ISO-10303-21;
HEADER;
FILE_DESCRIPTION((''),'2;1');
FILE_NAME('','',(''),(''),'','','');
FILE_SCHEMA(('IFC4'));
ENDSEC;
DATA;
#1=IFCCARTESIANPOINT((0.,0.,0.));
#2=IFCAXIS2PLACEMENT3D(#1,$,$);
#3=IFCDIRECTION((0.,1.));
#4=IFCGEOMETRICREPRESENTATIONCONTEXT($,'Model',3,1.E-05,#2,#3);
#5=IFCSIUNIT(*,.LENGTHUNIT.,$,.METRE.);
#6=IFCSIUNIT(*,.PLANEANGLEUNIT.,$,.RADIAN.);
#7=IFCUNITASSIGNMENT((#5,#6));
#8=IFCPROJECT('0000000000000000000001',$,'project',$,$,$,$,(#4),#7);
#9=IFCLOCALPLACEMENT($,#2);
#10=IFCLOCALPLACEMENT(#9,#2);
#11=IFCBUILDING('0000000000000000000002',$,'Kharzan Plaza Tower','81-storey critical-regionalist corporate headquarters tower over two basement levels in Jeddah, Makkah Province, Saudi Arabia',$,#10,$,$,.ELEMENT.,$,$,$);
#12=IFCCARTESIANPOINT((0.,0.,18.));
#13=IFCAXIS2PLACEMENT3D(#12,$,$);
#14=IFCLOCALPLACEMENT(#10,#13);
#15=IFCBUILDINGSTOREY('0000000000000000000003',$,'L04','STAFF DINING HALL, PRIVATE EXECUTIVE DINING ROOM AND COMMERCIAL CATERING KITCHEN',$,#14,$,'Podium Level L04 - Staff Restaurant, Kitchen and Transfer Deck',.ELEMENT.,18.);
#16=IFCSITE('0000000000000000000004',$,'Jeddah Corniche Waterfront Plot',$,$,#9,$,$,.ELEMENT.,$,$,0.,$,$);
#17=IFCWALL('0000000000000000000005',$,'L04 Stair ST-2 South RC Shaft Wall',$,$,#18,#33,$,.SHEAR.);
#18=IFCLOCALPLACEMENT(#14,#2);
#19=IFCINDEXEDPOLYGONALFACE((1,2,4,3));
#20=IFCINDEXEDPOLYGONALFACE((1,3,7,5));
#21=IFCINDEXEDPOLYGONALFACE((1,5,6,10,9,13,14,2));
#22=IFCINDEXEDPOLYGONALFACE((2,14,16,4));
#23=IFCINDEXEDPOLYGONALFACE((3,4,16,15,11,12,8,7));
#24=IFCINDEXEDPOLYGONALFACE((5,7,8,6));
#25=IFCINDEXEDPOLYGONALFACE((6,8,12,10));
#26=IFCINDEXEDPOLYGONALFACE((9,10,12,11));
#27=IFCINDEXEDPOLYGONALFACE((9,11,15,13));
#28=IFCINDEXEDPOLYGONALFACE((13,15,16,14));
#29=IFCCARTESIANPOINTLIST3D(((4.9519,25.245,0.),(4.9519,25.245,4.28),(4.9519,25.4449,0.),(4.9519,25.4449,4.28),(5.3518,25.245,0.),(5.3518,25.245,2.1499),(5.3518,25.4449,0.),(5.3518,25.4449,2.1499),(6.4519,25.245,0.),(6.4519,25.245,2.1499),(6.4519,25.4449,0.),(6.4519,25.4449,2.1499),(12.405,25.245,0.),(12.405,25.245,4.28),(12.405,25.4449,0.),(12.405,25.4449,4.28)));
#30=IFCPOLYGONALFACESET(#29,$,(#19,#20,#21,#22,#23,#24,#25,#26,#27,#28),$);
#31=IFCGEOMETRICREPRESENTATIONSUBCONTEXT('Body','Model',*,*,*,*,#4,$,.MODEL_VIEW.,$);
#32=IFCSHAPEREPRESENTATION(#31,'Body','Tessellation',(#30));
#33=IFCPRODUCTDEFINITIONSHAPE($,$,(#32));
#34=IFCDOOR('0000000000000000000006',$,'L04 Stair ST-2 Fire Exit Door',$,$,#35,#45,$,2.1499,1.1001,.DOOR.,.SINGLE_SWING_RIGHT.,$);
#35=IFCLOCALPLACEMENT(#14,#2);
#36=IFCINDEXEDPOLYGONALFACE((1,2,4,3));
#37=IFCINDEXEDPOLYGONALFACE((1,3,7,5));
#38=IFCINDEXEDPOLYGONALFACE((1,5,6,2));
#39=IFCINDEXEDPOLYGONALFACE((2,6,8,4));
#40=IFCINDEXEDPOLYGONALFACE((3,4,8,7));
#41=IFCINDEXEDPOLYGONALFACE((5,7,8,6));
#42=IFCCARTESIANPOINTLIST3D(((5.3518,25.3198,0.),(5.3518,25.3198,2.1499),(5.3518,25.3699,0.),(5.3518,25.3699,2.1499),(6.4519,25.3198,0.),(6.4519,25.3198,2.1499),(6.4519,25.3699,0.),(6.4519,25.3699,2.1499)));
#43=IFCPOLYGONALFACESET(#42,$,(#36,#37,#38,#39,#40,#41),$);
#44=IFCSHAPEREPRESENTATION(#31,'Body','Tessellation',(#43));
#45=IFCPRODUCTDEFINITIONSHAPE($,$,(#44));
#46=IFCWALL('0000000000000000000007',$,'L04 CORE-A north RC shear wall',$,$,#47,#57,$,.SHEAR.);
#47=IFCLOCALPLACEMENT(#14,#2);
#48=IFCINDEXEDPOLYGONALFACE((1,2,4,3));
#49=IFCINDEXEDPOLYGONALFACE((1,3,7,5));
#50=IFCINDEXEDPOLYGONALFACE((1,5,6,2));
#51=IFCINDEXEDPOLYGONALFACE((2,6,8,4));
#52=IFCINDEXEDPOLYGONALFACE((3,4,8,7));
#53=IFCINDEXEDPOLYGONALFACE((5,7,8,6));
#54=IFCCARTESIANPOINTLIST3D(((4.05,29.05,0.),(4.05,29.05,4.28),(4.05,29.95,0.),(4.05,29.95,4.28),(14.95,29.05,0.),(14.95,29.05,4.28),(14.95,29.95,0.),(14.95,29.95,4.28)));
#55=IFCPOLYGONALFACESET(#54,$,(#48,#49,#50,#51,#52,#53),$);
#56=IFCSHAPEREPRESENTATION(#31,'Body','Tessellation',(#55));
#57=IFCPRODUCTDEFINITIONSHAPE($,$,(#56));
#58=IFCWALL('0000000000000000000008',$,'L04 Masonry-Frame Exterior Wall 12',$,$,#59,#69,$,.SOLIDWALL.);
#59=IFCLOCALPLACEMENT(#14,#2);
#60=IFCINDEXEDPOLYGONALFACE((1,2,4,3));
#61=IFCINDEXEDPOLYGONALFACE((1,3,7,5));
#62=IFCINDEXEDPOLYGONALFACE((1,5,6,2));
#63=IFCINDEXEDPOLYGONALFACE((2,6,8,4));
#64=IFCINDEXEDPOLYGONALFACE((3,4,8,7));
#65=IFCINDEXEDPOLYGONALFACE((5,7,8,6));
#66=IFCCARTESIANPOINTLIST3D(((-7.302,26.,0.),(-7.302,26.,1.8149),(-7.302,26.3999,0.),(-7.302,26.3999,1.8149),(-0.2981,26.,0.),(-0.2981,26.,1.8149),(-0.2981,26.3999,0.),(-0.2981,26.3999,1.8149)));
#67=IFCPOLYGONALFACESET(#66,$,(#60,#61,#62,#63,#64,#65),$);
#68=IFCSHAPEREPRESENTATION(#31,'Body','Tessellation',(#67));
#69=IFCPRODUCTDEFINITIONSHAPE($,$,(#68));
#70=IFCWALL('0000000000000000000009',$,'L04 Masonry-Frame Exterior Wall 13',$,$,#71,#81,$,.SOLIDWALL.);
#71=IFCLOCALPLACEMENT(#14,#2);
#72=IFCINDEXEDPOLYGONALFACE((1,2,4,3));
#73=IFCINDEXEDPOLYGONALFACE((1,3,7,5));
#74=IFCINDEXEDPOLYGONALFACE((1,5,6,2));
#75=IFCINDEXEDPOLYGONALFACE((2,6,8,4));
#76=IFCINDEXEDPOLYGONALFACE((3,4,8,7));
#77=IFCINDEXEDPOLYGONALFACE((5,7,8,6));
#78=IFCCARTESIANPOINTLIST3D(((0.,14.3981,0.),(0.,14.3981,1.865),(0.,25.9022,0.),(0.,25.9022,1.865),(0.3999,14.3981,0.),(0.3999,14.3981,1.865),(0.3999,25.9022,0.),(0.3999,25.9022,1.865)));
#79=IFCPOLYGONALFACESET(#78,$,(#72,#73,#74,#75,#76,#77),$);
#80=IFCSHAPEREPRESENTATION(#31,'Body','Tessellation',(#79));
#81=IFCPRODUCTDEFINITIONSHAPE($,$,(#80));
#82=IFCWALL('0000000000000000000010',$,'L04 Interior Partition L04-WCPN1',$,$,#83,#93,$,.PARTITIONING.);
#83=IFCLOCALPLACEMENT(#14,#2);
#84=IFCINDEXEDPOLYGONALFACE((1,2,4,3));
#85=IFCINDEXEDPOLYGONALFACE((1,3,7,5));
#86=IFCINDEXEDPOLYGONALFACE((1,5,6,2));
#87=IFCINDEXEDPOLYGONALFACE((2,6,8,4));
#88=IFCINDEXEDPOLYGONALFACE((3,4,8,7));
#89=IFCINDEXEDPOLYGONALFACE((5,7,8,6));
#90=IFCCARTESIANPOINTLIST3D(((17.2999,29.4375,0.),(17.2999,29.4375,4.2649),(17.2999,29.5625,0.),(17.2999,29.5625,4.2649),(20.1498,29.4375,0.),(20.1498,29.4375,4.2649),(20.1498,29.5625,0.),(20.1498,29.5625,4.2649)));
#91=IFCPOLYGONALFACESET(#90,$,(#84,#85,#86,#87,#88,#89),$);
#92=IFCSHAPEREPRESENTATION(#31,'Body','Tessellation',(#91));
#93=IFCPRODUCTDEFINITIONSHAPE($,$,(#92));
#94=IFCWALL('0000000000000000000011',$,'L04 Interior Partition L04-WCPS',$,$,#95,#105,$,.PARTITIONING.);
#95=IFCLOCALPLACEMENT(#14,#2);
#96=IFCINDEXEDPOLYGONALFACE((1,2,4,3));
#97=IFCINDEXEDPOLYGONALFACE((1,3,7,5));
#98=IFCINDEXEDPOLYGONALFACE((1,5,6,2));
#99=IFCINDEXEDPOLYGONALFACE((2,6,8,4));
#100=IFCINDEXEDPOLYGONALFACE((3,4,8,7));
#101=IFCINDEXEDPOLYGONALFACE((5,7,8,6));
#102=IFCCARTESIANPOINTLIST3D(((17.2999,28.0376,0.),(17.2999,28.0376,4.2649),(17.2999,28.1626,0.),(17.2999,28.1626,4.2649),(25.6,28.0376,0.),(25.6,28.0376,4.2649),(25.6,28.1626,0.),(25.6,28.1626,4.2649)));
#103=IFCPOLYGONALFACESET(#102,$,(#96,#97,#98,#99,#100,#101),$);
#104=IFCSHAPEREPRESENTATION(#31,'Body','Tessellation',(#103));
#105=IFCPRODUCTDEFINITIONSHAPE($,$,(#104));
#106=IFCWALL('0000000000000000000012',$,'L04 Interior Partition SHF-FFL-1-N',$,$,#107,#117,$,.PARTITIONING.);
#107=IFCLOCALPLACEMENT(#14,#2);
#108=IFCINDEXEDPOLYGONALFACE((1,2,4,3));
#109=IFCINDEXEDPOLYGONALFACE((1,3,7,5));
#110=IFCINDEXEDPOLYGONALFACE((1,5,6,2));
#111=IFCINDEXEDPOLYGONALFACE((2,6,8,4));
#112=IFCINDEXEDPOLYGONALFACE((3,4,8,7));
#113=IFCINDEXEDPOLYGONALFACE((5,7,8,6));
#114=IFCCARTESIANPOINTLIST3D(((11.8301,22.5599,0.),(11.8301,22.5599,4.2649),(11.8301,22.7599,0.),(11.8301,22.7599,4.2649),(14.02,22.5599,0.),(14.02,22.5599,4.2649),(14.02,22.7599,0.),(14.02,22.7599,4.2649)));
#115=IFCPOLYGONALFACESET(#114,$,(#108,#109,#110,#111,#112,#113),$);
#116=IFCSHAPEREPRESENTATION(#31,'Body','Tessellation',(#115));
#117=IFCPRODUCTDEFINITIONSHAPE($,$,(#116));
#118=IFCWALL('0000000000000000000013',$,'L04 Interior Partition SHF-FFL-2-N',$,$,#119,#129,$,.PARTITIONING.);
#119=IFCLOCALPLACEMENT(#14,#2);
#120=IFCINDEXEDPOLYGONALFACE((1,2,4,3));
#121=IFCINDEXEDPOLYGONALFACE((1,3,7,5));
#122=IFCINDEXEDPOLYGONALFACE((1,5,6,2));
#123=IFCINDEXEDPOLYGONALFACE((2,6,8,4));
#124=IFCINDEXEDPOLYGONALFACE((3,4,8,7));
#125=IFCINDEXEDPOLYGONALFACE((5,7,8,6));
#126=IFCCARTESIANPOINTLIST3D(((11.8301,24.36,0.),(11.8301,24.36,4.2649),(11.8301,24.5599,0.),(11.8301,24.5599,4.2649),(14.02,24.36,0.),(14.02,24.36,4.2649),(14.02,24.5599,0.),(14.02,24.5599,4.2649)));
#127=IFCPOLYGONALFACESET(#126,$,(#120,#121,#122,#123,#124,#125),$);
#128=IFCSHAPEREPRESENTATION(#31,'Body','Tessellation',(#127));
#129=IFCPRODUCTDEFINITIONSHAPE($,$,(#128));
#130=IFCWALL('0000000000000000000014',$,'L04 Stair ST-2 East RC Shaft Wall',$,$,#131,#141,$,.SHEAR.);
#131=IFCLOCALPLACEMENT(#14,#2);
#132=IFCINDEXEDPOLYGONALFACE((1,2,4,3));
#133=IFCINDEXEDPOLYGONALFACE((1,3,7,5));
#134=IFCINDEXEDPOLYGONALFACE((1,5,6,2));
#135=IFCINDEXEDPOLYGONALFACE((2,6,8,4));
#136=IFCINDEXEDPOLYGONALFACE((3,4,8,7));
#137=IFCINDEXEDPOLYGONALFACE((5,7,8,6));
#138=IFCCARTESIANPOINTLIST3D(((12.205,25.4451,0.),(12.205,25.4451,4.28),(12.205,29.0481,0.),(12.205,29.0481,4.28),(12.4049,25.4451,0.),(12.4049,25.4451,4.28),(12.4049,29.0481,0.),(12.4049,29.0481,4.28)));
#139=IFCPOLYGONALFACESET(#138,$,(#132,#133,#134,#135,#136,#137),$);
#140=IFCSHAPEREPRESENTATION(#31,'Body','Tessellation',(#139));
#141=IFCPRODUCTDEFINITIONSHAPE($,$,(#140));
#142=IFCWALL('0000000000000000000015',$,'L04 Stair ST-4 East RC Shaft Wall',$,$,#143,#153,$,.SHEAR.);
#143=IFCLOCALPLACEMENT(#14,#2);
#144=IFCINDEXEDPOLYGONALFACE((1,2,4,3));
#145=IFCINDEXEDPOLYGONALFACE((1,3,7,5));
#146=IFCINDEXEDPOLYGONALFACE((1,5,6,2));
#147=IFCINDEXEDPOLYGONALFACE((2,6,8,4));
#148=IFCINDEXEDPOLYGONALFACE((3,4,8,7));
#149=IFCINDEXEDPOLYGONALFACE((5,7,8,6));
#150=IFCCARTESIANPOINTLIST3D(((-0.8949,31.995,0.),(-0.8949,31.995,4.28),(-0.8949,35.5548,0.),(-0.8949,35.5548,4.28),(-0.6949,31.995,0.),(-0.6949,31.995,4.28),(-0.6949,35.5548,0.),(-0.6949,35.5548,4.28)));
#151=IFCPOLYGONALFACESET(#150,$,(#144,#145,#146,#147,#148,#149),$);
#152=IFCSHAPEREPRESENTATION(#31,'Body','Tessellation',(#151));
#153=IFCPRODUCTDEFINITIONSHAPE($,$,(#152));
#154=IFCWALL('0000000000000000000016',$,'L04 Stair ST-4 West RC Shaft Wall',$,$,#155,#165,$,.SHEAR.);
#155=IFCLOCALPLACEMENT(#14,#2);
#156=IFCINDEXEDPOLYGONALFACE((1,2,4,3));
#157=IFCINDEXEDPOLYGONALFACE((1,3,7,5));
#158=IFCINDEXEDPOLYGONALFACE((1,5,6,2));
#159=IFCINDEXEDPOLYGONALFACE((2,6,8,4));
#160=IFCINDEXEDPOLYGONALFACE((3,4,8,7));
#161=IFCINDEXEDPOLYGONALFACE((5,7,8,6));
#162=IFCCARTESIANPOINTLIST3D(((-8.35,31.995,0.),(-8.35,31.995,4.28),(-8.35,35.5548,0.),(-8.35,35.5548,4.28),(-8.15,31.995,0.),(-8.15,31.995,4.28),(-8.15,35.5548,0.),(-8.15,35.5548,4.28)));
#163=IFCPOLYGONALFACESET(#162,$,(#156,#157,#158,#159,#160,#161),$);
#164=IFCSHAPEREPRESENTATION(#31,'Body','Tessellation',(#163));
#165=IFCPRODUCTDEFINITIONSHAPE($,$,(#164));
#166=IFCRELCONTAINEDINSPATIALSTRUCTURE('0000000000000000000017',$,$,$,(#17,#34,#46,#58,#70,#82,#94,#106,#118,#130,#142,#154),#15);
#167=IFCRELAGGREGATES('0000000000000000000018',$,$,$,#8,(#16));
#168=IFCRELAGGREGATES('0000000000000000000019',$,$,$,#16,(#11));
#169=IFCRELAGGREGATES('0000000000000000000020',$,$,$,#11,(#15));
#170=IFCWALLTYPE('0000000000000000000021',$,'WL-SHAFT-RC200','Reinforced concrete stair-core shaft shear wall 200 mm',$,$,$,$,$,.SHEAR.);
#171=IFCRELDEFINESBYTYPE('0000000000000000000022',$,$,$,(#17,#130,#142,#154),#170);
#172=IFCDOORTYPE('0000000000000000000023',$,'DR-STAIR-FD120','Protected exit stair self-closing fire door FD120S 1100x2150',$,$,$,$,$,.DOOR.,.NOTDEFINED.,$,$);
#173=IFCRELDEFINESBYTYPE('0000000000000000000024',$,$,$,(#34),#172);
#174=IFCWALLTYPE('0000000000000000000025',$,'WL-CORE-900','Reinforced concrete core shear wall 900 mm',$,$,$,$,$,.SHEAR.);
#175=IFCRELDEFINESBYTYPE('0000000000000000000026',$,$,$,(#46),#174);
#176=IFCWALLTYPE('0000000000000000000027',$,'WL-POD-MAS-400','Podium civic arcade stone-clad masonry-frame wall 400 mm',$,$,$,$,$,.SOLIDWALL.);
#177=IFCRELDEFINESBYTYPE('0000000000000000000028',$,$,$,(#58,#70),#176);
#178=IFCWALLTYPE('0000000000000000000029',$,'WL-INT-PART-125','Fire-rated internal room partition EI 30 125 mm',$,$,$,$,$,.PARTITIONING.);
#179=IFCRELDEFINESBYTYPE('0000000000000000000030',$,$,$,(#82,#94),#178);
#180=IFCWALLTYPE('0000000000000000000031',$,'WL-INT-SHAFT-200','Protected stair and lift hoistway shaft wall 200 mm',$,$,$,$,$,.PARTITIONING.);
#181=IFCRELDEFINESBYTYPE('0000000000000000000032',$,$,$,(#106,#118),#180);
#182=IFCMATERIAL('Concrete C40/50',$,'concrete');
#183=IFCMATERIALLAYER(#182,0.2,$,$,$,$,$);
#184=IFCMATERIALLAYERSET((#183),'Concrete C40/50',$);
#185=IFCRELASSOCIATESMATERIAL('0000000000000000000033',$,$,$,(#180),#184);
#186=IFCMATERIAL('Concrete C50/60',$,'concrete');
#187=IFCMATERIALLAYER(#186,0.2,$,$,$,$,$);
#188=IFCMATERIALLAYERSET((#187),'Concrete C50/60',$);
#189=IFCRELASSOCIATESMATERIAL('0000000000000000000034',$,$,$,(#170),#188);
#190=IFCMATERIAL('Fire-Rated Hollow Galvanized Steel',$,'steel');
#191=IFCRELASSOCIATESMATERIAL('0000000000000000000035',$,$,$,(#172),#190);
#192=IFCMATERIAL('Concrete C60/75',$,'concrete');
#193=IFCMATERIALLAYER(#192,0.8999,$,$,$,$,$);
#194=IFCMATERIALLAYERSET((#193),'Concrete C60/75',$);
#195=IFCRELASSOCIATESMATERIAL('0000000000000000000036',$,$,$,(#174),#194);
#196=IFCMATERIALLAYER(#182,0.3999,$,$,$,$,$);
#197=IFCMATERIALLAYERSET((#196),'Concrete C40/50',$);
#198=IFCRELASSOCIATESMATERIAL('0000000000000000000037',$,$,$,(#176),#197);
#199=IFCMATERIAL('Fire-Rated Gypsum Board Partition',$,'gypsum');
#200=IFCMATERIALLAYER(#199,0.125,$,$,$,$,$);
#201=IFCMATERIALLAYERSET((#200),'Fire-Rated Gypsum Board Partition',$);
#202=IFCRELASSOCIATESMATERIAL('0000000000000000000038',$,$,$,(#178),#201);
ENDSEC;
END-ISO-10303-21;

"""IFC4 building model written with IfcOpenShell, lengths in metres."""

from ifc_helpers import new_model, si_unit, direction, frame, frame_2d, origin, place, context, subcontext, project, spatial, rectangle, extrude, source, transform, mapped, material, layer, layer_set, type_object, element, fill, save


model = new_model("IFC4")

# Units and contexts
model_context = context("Model", 3, precision=1e-05, world=origin(), true_north=direction((0.0, 1.0)))
body_context = subcontext(model_context, "Body", "Model", "MODEL_VIEW")
ifc_project = project(units=[si_unit("LENGTHUNIT", "METRE"), si_unit("PLANEANGLEUNIT", "RADIAN")], contexts=[model_context])

# Site, building, storey
site_placement = place(None, origin())
site = spatial("IfcSite", under=ifc_project, at=site_placement, Name="Jeddah Corniche Waterfront Plot", CompositionType="ELEMENT", RefElevation=0.0)
building_placement = place(site_placement, origin())
building = spatial("IfcBuilding", under=site, at=building_placement, Name="Kharzan Plaza Tower", Description="81-storey critical-regionalist corporate headquarters tower over two basement levels in Jeddah, Makkah Province, Saudi Arabia", CompositionType="ELEMENT")
storey_placement = place(building_placement, frame((0.0, 0.0, 18.0)))
storey = spatial("IfcBuildingStorey", under=building, at=storey_placement, Name="L04", Description="STAFF DINING HALL, PRIVATE EXECUTIVE DINING ROOM AND COMMERCIAL CATERING KITCHEN", LongName="Podium Level L04 - Staff Restaurant, Kitchen and Transfer Deck", CompositionType="ELEMENT", Elevation=18.0)

# Shared definitions
ifc_material_1 = material(Name="Concrete C60/75", Category="concrete")

# Wall, opening, door
ifc_material_2 = material(Name="Concrete C40/50", Category="concrete")
ifc_layer_1 = layer(ifc_material_2, 0.2)
ifc_layer_set_1 = layer_set([ifc_layer_1], Name="Concrete C40/50")
wall_type_1 = type_object("IfcWallType", Name="WL-INT-SHAFT-200", Description="Protected stair and lift hoistway shaft wall 200 mm", PredefinedType="PARTITIONING", material=ifc_layer_set_1)
ifc_material_3 = material(Name="Concrete C50/60", Category="concrete")
ifc_layer_2 = layer(ifc_material_3, 0.2)
ifc_layer_set_2 = layer_set([ifc_layer_2], Name="Concrete C50/60")
wall_type_2 = type_object("IfcWallType", Name="WL-SHAFT-RC200", Description="Reinforced concrete stair-core shaft shear wall 200 mm", PredefinedType="SHEAR", material=ifc_layer_set_2)
wall_1_placement = place(storey_placement, frame((4.9519, 25.345, 0.0), z_axis=(0.0, 0.0, 1.0), x_axis=(1.0, 0.0, 0.0)))
wall_1 = element("IfcWall", 1, at=wall_1_placement, inside=storey, type_object=wall_type_2, Name="L04 Stair ST-2 South RC Shaft Wall", PredefinedType="SHEAR", context=body_context, shape_type="SweptSolid", body=[
    extrude(rectangle(XDim=7.4531, YDim=0.2, at=frame_2d((3.7266, 0.0))), origin(), (0.0, 0.0, 1.0), 4.28),
])
opening_1_placement = place(wall_1_placement, frame((0.3999, 0.0, 0.0)))
opening_1 = element("IfcOpeningElement", 2, at=opening_1_placement, cuts=wall_1, PredefinedType="OPENING", context=body_context, shape_type="SweptSolid", body=[
    extrude(rectangle(XDim=1.1001, YDim=2.1499, at=frame_2d((0.55, 1.075))), frame((0.0, 0.1099, 0.0), z_axis=(0.0, -1.0, 0.0), x_axis=(1.0, 0.0, 0.0)), (0.0, 0.0, 1.0), 0.22),
])
ifc_material_4 = material(Name="Fire-Rated Hollow Galvanized Steel", Category="steel")
door_type_1 = type_object("IfcDoorType", Name="DR-STAIR-FD120", Description="Protected exit stair self-closing fire door FD120S 1100x2150", OperationType="NOTDEFINED", PredefinedType="DOOR", material=ifc_material_4)
shared_shape_1 = source(origin(), body_context, "Body", "SweptSolid", [
    extrude(rectangle(XDim=1.1001, YDim=2.1499, at=frame_2d((0.55, 1.075))), frame((0.0, 0.0249, 0.0), z_axis=(0.0, -1.0, 0.0), x_axis=(1.0, 0.0, 0.0)), (0.0, 0.0, 1.0), 0.05),
])
door_1_placement = place(opening_1_placement, origin())
door_1 = element("IfcDoor", 3, at=door_1_placement, inside=storey, type_object=door_type_1, Name="L04 Stair ST-2 Fire Exit Door", OperationType="SINGLE_SWING_RIGHT", OverallHeight=2.1499, OverallWidth=1.1001, PredefinedType="DOOR", context=body_context, shape_type="MappedRepresentation", body=[
    mapped(shared_shape_1, transform((0.0, 0.0, 0.0), x_axis=(1.0, 0.0, 0.0), y_axis=(0.0, 1.0, 0.0), z_axis=(0.0, 0.0, 1.0))),
])
fill(opening_1, door_1)

# Walls
ifc_layer_3 = layer(ifc_material_1, 0.8999)
ifc_layer_set_3 = layer_set([ifc_layer_3], Name="Concrete C60/75")
wall_type_3 = type_object("IfcWallType", Name="WL-CORE-900", Description="Reinforced concrete core shear wall 900 mm", PredefinedType="SHEAR", material=ifc_layer_set_3)
shared_shape_2 = source(origin(), body_context, "Body", "SweptSolid", [
    extrude(rectangle(XDim=10.8999, YDim=0.8999, at=frame_2d((5.45, 0.0))), origin(), (0.0, 0.0, 1.0), 4.28),
])
wall_2_placement = place(storey_placement, frame((4.05, 29.5, 0.0), z_axis=(0.0, 0.0, 1.0), x_axis=(1.0, 0.0, 0.0)))
element("IfcWall", 4, at=wall_2_placement, inside=storey, type_object=wall_type_3, Name="L04 CORE-A north RC shear wall", PredefinedType="SHEAR", context=body_context, shape_type="MappedRepresentation", body=[
    mapped(shared_shape_2, transform((0.0, 0.0, 0.0), x_axis=(1.0, 0.0, 0.0), y_axis=(0.0, 1.0, 0.0), z_axis=(0.0, 0.0, 1.0))),
])
ifc_layer_4 = layer(ifc_material_2, 0.3999)
ifc_layer_set_4 = layer_set([ifc_layer_4], Name="Concrete C40/50")
wall_type_4 = type_object("IfcWallType", Name="WL-POD-MAS-400", Description="Podium civic arcade stone-clad masonry-frame wall 400 mm", PredefinedType="SOLIDWALL", material=ifc_layer_set_4)
shared_shape_3 = source(origin(), body_context, "Body", "SweptSolid", [
    extrude(rectangle(XDim=7.0039, YDim=0.3999, at=frame_2d((3.502, 0.0))), origin(), (0.0, 0.0, 1.0), 1.8149),
])
wall_3_placement = place(storey_placement, frame((-7.302, 26.2, 0.0), z_axis=(0.0, 0.0, 1.0), x_axis=(1.0, 0.0, 0.0)))
element("IfcWall", 5, at=wall_3_placement, inside=storey, type_object=wall_type_4, Name="L04 Masonry-Frame Exterior Wall 12", PredefinedType="SOLIDWALL", context=body_context, shape_type="MappedRepresentation", body=[
    mapped(shared_shape_3, transform((0.0, 0.0, 0.0), x_axis=(1.0, 0.0, 0.0), y_axis=(0.0, 1.0, 0.0), z_axis=(0.0, 0.0, 1.0))),
])
shared_shape_4 = source(origin(), body_context, "Body", "SweptSolid", [
    extrude(rectangle(XDim=11.5042, YDim=0.3999, at=frame_2d((5.752, 0.0))), origin(), (0.0, 0.0, 1.0), 1.865),
])
wall_4_placement = place(storey_placement, frame((0.2, 25.9021, 0.0), z_axis=(0.0, 0.0, 1.0), x_axis=(0.0, -1.0, 0.0)))
element("IfcWall", 6, at=wall_4_placement, inside=storey, type_object=wall_type_4, Name="L04 Masonry-Frame Exterior Wall 13", PredefinedType="SOLIDWALL", context=body_context, shape_type="MappedRepresentation", body=[
    mapped(shared_shape_4, transform((0.0, 0.0, 0.0), x_axis=(1.0, 0.0, 0.0), y_axis=(0.0, 1.0, 0.0), z_axis=(0.0, 0.0, 1.0))),
])
ifc_material_5 = material(Name="Fire-Rated Gypsum Board Partition", Category="gypsum")
ifc_layer_5 = layer(ifc_material_5, 0.125)
ifc_layer_set_5 = layer_set([ifc_layer_5], Name="Fire-Rated Gypsum Board Partition")
wall_type_5 = type_object("IfcWallType", Name="WL-INT-PART-125", Description="Fire-rated internal room partition EI 30 125 mm", PredefinedType="PARTITIONING", material=ifc_layer_set_5)
shared_shape_5 = source(origin(), body_context, "Body", "SweptSolid", [
    extrude(rectangle(XDim=2.8499, YDim=0.125, at=frame_2d((1.4248, 0.0))), origin(), (0.0, 0.0, 1.0), 4.2649),
])
wall_5_placement = place(storey_placement, frame((17.3, 29.5, 0.0), z_axis=(0.0, 0.0, 1.0), x_axis=(1.0, 0.0, 0.0)))
element("IfcWall", 7, at=wall_5_placement, inside=storey, type_object=wall_type_5, Name="L04 Interior Partition L04-WCPN1", PredefinedType="PARTITIONING", context=body_context, shape_type="MappedRepresentation", body=[
    mapped(shared_shape_5, transform((0.0, 0.0, 0.0), x_axis=(1.0, 0.0, 0.0), y_axis=(0.0, 1.0, 0.0), z_axis=(0.0, 0.0, 1.0))),
])
shared_shape_6 = source(origin(), body_context, "Body", "SweptSolid", [
    extrude(rectangle(XDim=8.3, YDim=0.125, at=frame_2d((4.1499, 0.0))), origin(), (0.0, 0.0, 1.0), 4.2649),
])
wall_6_placement = place(storey_placement, frame((17.3, 28.1001, 0.0), z_axis=(0.0, 0.0, 1.0), x_axis=(1.0, 0.0, 0.0)))
element("IfcWall", 8, at=wall_6_placement, inside=storey, type_object=wall_type_5, Name="L04 Interior Partition L04-WCPS", PredefinedType="PARTITIONING", context=body_context, shape_type="MappedRepresentation", body=[
    mapped(shared_shape_6, transform((0.0, 0.0, 0.0), x_axis=(1.0, 0.0, 0.0), y_axis=(0.0, 1.0, 0.0), z_axis=(0.0, 0.0, 1.0))),
])
shared_shape_7 = source(origin(), body_context, "Body", "SweptSolid", [
    extrude(rectangle(XDim=2.1899, YDim=0.2, at=frame_2d((1.095, 0.0))), origin(), (0.0, 0.0, 1.0), 4.2649),
])
for number, where, z_axis, x_axis, name in (
    (9, (11.8301, 22.6599, 0.0), (0.0, 0.0, 1.0), (1.0, 0.0, 0.0), "L04 Interior Partition SHF-FFL-1-N"),
    (10, (11.8301, 24.46, 0.0), (0.0, 0.0, 1.0), (1.0, 0.0, 0.0), "L04 Interior Partition SHF-FFL-2-N"),
):
    element("IfcWall", number, at=place(storey_placement, frame(where, z_axis=z_axis, x_axis=x_axis)), inside=storey, type_object=wall_type_1, Name=name, PredefinedType="PARTITIONING", context=body_context, shape_type="MappedRepresentation", body=[
        mapped(shared_shape_7, transform((0.0, 0.0, 0.0), x_axis=(1.0, 0.0, 0.0), y_axis=(0.0, 1.0, 0.0), z_axis=(0.0, 0.0, 1.0))),
    ])
shared_shape_8 = source(origin(), body_context, "Body", "SweptSolid", [
    extrude(rectangle(XDim=3.603, YDim=0.2, at=frame_2d((1.8015, 0.0))), origin(), (0.0, 0.0, 1.0), 4.28),
])
wall_7_placement = place(storey_placement, frame((12.3049, 25.4451, 0.0), z_axis=(0.0, 0.0, 1.0), x_axis=(0.0, 1.0, 0.0)))
element("IfcWall", 11, at=wall_7_placement, inside=storey, type_object=wall_type_2, Name="L04 Stair ST-2 East RC Shaft Wall", PredefinedType="SHEAR", context=body_context, shape_type="MappedRepresentation", body=[
    mapped(shared_shape_8, transform((0.0, 0.0, 0.0), x_axis=(1.0, 0.0, 0.0), y_axis=(0.0, 1.0, 0.0), z_axis=(0.0, 0.0, 1.0))),
])
shared_shape_9 = source(origin(), body_context, "Body", "SweptSolid", [
    extrude(rectangle(XDim=3.5598, YDim=0.2, at=frame_2d((1.7798, 0.0))), origin(), (0.0, 0.0, 1.0), 4.28),
])
for number, where, z_axis, x_axis, name in (
    (12, (-0.7949, 31.9951, 0.0), (0.0, 0.0, 1.0), (0.0, 1.0, 0.0), "L04 Stair ST-4 East RC Shaft Wall"),
    (13, (-8.25, 31.9951, 0.0), (0.0, 0.0, 1.0), (0.0, 1.0, 0.0), "L04 Stair ST-4 West RC Shaft Wall"),
):
    element("IfcWall", number, at=place(storey_placement, frame(where, z_axis=z_axis, x_axis=x_axis)), inside=storey, type_object=wall_type_2, Name=name, PredefinedType="SHEAR", context=body_context, shape_type="MappedRepresentation", body=[
        mapped(shared_shape_9, transform((0.0, 0.0, 0.0), x_axis=(1.0, 0.0, 0.0), y_axis=(0.0, 1.0, 0.0), z_axis=(0.0, 0.0, 1.0))),
    ])

save(model, "model.ifc")
